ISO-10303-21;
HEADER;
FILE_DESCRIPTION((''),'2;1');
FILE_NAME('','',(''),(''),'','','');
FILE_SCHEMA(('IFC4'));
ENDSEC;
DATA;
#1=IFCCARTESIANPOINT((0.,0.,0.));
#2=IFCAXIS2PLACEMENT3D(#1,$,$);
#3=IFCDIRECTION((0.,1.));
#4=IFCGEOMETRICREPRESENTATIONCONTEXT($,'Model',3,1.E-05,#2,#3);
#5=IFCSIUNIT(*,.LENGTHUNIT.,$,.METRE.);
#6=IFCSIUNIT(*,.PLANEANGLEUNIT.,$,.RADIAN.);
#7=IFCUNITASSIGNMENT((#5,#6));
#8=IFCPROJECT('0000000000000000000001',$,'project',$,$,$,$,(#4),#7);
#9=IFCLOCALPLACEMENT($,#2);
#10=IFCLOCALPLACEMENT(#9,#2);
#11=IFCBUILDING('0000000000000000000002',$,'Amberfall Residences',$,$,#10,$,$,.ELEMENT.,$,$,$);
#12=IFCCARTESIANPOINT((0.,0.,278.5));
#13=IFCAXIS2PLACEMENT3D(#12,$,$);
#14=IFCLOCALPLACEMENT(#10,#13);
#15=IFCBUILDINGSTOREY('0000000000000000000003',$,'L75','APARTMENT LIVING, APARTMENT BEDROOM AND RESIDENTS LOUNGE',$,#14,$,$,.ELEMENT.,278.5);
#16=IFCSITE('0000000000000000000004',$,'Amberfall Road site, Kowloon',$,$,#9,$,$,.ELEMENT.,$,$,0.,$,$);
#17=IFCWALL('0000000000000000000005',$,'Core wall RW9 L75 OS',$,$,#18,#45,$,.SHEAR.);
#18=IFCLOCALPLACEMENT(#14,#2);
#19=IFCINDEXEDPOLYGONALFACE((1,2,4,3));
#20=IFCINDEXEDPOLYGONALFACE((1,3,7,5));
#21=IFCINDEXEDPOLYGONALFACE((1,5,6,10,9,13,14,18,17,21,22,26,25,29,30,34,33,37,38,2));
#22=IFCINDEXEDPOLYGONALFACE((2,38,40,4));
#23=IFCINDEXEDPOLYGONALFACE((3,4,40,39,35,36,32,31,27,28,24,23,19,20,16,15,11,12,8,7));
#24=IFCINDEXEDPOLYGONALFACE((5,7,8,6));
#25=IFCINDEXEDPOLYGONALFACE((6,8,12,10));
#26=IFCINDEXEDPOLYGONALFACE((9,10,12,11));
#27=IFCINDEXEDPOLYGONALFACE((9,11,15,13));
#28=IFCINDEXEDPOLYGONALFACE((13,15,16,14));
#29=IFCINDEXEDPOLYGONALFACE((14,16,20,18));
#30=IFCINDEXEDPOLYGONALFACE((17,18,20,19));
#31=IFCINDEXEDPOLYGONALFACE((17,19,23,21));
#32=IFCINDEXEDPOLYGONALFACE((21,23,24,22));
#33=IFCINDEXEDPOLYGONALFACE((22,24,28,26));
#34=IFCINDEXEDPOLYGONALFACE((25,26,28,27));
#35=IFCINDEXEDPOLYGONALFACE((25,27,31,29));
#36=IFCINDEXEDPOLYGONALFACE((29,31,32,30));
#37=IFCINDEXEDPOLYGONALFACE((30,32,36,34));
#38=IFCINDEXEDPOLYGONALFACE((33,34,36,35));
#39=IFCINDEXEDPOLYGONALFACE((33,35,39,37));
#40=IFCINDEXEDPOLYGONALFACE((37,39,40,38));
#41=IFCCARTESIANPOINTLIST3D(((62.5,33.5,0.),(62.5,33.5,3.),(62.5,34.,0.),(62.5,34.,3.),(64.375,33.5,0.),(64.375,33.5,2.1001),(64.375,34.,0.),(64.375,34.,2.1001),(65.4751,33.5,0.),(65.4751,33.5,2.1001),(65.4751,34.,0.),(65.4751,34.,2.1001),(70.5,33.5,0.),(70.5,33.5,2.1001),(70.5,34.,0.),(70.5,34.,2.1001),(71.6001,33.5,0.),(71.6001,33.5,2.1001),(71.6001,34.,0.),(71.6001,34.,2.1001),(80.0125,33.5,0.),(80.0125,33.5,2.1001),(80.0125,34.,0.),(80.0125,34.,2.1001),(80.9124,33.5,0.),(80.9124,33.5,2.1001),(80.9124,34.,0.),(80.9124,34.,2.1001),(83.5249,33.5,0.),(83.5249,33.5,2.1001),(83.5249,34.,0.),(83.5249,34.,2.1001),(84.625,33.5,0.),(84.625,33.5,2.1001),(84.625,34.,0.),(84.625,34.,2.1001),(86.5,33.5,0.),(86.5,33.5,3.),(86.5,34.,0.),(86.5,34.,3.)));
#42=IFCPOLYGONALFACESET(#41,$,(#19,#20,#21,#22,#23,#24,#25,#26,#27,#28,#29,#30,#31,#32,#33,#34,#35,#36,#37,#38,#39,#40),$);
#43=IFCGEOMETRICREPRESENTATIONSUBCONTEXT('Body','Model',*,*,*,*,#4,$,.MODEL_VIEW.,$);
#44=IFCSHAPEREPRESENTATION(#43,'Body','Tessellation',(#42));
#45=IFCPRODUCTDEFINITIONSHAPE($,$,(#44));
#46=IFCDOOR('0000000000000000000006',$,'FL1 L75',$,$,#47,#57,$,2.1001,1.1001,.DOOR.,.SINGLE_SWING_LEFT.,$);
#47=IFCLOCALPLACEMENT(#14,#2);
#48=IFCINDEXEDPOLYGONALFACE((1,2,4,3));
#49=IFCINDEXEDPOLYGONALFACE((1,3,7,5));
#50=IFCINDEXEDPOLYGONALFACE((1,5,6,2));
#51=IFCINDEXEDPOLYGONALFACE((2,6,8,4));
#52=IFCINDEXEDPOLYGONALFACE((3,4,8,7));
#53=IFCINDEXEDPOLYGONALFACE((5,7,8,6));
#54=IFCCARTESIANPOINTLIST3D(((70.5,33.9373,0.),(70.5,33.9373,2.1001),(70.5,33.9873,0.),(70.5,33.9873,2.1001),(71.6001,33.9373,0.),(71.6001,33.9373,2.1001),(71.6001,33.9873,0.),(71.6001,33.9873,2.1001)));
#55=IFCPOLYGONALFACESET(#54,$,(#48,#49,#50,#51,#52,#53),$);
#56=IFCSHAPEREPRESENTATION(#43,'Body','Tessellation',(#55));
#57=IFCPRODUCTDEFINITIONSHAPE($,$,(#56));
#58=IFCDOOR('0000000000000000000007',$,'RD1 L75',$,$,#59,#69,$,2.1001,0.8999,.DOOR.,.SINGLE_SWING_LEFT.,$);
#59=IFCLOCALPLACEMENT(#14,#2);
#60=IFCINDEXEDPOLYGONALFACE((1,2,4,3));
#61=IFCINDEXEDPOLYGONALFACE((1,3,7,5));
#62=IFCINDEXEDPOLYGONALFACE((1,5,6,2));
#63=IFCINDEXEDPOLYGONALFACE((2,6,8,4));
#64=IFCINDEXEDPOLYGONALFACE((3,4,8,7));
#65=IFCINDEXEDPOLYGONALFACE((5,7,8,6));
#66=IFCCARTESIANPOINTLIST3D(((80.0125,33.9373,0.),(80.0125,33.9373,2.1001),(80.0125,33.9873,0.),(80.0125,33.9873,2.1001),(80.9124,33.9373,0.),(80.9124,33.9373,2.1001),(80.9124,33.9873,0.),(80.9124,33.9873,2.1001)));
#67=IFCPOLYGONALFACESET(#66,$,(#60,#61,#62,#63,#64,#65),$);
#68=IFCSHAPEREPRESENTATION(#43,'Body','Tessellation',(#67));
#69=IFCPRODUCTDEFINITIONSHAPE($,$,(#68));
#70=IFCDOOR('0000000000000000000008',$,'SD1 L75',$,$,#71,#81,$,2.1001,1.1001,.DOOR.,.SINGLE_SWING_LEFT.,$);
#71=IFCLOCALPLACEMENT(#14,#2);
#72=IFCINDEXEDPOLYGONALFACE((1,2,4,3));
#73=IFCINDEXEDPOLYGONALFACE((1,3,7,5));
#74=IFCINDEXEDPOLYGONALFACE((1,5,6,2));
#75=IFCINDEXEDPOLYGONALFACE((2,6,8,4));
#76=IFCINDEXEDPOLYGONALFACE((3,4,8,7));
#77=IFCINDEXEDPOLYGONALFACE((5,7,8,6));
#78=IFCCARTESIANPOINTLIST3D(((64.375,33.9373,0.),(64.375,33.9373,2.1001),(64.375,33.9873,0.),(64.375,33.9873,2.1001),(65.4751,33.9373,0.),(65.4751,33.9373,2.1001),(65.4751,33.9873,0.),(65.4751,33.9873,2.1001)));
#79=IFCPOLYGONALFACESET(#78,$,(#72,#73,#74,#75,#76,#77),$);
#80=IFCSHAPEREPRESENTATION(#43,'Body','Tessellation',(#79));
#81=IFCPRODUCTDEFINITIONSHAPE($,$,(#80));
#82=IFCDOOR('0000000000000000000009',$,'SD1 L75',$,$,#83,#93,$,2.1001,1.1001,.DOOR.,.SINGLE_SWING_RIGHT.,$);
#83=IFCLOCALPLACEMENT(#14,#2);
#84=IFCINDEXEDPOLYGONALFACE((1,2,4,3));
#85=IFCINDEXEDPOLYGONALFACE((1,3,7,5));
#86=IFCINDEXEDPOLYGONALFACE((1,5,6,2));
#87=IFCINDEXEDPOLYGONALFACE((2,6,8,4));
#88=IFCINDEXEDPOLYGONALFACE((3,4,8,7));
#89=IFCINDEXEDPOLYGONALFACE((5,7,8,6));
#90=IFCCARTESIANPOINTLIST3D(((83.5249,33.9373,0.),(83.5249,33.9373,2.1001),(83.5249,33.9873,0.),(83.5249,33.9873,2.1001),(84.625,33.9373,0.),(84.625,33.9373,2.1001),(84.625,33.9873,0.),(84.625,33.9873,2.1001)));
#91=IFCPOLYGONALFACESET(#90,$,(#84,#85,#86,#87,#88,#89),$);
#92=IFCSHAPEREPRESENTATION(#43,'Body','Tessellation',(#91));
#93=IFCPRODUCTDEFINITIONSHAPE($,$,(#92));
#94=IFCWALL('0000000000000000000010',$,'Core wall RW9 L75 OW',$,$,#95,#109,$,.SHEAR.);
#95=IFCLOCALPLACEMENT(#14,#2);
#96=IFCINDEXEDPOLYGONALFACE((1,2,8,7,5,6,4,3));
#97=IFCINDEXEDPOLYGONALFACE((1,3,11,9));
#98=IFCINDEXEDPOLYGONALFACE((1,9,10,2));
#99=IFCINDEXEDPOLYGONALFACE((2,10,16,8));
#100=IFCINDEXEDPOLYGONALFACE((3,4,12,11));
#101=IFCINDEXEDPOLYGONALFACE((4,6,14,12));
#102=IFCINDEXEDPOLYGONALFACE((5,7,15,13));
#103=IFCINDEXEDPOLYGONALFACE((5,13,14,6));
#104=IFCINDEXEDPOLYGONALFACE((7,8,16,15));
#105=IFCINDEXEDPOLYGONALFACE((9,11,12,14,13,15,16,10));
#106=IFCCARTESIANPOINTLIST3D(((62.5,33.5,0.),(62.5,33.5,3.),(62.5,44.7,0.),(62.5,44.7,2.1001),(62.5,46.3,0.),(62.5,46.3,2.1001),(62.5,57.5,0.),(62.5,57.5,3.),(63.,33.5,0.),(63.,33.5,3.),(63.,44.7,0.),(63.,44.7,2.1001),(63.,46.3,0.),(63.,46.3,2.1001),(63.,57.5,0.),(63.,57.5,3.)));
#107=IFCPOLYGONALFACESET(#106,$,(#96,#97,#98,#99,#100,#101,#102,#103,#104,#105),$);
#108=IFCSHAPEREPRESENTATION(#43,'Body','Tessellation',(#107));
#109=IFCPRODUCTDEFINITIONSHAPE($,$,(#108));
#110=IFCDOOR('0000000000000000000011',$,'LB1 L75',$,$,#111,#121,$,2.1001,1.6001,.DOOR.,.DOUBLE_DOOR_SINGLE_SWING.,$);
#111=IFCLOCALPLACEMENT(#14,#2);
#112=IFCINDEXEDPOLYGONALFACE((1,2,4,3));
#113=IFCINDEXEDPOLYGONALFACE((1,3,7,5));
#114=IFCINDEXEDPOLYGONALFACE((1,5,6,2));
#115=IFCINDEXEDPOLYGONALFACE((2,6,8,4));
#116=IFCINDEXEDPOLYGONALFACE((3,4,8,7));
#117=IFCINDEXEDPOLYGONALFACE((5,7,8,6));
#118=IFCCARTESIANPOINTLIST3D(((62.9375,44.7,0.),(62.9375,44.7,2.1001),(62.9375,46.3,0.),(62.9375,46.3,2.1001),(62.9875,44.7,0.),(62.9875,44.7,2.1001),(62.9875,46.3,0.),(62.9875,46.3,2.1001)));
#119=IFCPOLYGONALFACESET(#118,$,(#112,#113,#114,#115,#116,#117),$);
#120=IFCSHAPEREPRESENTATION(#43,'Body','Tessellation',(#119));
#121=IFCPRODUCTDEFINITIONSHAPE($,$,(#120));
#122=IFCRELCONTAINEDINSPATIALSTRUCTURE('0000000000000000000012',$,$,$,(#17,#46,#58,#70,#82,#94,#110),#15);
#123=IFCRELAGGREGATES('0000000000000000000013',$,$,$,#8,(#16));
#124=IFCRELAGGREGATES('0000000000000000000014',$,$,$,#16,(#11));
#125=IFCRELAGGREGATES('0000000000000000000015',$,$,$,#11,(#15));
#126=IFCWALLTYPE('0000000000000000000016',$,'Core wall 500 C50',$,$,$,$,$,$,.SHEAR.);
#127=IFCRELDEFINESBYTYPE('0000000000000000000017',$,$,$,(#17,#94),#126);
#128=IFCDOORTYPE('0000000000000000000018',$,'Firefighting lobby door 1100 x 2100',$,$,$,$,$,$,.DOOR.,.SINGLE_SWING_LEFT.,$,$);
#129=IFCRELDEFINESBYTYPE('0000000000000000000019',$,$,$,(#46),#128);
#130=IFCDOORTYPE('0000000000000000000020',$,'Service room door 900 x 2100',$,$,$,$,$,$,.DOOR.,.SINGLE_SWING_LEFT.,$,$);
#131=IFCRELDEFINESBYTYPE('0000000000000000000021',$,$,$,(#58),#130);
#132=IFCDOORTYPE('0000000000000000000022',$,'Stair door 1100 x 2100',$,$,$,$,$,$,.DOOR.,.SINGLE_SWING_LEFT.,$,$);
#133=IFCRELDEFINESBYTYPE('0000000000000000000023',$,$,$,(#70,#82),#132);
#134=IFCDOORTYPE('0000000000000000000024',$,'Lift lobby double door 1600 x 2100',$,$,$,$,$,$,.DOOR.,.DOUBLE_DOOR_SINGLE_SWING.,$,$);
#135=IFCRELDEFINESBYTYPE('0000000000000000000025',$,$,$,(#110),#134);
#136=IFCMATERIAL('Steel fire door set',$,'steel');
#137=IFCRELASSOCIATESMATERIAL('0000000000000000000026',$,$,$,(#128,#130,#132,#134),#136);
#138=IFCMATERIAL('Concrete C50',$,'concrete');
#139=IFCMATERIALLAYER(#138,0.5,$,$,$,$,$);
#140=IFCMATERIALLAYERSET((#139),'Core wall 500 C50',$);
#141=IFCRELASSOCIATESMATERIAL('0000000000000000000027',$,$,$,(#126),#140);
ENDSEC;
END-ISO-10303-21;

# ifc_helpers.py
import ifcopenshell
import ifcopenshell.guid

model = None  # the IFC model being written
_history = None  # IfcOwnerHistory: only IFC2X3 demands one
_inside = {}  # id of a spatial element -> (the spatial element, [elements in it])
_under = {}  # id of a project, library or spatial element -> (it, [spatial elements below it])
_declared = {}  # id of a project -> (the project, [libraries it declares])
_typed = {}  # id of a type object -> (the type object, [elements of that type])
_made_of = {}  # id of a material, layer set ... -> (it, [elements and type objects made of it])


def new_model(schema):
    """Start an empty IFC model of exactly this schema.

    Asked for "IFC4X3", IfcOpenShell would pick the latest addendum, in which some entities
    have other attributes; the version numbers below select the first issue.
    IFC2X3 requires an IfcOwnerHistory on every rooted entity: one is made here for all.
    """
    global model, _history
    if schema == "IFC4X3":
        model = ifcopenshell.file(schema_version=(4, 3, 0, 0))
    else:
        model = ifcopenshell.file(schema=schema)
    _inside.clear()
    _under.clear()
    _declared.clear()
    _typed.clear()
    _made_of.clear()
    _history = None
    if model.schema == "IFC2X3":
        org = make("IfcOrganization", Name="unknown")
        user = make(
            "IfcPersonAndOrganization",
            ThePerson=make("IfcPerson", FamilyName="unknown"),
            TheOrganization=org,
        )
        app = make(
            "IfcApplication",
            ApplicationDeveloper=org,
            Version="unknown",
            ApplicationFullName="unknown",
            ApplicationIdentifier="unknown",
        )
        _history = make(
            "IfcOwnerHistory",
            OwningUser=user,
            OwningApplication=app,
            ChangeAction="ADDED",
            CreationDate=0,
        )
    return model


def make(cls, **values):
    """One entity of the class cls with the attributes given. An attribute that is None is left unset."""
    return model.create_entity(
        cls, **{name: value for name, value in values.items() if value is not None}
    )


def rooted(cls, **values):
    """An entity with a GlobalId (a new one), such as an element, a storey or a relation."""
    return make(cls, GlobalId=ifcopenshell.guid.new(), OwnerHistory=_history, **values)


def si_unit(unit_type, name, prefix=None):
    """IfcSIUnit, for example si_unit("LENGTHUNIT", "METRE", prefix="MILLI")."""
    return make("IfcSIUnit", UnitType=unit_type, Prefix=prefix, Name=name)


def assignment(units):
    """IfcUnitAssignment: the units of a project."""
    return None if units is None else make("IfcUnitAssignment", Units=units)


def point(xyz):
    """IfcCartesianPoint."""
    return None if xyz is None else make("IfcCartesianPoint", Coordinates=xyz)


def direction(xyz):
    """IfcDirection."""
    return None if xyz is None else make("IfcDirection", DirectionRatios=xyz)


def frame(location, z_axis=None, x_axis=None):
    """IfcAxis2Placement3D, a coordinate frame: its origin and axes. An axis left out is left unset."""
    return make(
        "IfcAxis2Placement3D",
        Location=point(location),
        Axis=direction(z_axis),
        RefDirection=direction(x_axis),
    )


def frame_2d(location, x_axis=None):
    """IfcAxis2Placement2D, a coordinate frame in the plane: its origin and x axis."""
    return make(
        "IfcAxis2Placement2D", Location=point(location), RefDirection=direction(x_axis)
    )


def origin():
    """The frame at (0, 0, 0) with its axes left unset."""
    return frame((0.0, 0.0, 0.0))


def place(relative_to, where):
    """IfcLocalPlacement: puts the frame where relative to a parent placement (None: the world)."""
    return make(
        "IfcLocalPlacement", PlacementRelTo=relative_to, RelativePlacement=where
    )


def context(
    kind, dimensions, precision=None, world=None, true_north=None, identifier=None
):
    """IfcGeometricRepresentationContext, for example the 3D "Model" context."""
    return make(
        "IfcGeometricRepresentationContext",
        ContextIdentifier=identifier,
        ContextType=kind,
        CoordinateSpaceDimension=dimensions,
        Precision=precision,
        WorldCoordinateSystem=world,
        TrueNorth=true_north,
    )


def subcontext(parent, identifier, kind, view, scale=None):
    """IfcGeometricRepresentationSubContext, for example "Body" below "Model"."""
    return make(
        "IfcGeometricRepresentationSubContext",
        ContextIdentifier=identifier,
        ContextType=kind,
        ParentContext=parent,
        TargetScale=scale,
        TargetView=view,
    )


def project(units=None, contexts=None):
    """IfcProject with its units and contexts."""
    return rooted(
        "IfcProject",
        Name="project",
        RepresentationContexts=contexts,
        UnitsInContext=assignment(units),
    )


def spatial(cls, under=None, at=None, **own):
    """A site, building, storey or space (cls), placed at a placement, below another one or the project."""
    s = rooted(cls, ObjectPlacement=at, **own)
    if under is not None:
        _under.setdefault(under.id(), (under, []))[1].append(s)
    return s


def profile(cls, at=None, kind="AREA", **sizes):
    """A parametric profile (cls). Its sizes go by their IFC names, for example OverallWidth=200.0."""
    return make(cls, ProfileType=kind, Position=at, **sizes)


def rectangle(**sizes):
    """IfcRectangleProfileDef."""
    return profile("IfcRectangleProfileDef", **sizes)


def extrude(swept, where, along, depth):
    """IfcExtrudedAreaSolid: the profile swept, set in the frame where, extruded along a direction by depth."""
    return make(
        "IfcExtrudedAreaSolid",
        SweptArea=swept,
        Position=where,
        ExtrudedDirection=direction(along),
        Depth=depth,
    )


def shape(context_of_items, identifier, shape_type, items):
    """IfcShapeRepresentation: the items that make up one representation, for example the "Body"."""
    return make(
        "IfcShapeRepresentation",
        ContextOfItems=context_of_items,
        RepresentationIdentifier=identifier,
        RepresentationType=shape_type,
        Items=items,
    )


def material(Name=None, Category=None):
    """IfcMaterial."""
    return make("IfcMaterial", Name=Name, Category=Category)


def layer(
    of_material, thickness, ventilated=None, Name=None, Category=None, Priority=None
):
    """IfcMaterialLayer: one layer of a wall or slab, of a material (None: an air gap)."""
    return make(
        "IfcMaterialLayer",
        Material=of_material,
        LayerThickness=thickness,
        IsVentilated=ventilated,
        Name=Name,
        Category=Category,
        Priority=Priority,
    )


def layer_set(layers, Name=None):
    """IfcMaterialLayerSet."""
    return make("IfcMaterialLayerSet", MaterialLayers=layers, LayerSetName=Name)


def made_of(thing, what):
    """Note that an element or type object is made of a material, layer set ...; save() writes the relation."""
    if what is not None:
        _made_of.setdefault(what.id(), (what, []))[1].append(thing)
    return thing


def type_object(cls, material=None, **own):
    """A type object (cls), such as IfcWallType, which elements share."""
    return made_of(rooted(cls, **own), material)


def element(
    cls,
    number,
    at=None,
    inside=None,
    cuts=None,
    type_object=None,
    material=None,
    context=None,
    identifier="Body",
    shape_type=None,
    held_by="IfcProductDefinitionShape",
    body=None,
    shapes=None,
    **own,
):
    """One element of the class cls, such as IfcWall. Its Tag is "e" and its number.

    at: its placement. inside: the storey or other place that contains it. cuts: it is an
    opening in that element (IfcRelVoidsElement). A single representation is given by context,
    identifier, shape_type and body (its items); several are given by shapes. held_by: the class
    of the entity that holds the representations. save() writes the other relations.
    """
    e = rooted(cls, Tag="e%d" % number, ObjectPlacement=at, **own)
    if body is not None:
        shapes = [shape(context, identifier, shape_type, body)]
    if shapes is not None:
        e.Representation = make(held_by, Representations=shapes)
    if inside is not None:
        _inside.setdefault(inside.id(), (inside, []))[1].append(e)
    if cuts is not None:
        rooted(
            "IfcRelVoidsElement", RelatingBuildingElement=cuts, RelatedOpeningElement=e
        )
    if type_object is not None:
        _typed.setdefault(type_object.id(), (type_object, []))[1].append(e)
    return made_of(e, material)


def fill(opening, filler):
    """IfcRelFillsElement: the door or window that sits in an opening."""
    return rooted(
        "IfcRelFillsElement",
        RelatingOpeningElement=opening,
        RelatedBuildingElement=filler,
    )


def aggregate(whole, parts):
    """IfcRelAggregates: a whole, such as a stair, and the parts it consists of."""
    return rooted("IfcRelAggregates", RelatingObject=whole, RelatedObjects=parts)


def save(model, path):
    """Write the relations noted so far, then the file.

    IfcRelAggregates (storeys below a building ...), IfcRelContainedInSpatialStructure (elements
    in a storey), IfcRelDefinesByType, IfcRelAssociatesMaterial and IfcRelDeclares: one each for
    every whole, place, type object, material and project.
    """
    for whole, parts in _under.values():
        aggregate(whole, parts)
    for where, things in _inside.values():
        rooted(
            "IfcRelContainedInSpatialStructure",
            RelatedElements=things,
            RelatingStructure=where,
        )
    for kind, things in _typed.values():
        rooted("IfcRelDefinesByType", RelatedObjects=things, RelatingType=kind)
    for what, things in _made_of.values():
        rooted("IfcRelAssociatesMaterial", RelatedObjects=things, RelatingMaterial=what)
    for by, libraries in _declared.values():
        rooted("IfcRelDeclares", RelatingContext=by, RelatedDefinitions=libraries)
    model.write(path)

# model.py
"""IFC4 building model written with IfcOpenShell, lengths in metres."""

from ifc_helpers import new_model, si_unit, direction, frame, frame_2d, origin, place, context, subcontext, project, spatial, rectangle, extrude, material, layer, layer_set, type_object, element, fill, save


model = new_model("IFC4")

# Units and contexts
model_context = context("Model", 3, precision=1e-05, world=origin(), true_north=direction((0.0, 1.0)))
body_context = subcontext(model_context, "Body", "Model", "MODEL_VIEW")
ifc_project = project(units=[si_unit("LENGTHUNIT", "METRE"), si_unit("PLANEANGLEUNIT", "RADIAN")], contexts=[model_context])

# Site, building, storey
site_placement = place(None, origin())
site = spatial("IfcSite", under=ifc_project, at=site_placement, Name="Amberfall Road site, Kowloon", CompositionType="ELEMENT", RefElevation=0.0)
building_placement = place(site_placement, origin())
building = spatial("IfcBuilding", under=site, at=building_placement, Name="Amberfall Residences", CompositionType="ELEMENT")
storey_placement = place(building_placement, frame((0.0, 0.0, 278.5)))
storey = spatial("IfcBuildingStorey", under=building, at=storey_placement, Name="L75", Description="APARTMENT LIVING, APARTMENT BEDROOM AND RESIDENTS LOUNGE", CompositionType="ELEMENT", Elevation=278.5)

# Shared definitions
ifc_material_1 = material(Name="Concrete C50", Category="concrete")
ifc_material_2 = material(Name="Steel fire door set", Category="steel")
door_type_1 = type_object("IfcDoorType", Name="Firefighting lobby door 1100 x 2100", OperationType="SINGLE_SWING_LEFT", PredefinedType="DOOR", material=ifc_material_2)

# Wall, openings, doors
ifc_layer_1 = layer(ifc_material_1, 0.5)
ifc_layer_set_1 = layer_set([ifc_layer_1], Name="Core wall 500 C50")
wall_type_1 = type_object("IfcWallType", Name="Core wall 500 C50", PredefinedType="SHEAR", material=ifc_layer_set_1)
wall_1_placement = place(storey_placement, frame((62.5, 33.75, 0.0), z_axis=(0.0, 0.0, 1.0), x_axis=(1.0, 0.0, 0.0)))
wall_1 = element("IfcWall", 1, at=wall_1_placement, inside=storey, type_object=wall_type_1, Name="Core wall RW9 L75 OS", PredefinedType="SHEAR", context=body_context, shape_type="SweptSolid", body=[
    extrude(rectangle(XDim=24.0, YDim=0.5, at=frame_2d((12.0, 0.0))), origin(), (0.0, 0.0, 1.0), 3.0),
])
opening_1_placement = place(wall_1_placement, frame((1.875, 0.0, 0.0)))
opening_1 = element("IfcOpeningElement", 2, at=opening_1_placement, cuts=wall_1, PredefinedType="OPENING", context=body_context, shape_type="SweptSolid", body=[
    extrude(rectangle(XDim=1.1001, YDim=2.1001, at=frame_2d((0.55, 1.05))), frame((0.0, 0.26, 0.0), z_axis=(0.0, -1.0, 0.0), x_axis=(1.0, 0.0, 0.0)), (0.0, 0.0, 1.0), 0.52),
])
opening_2_placement = place(wall_1_placement, frame((21.0249, 0.0, 0.0)))
opening_2 = element("IfcOpeningElement", 3, at=opening_2_placement, cuts=wall_1, PredefinedType="OPENING", context=body_context, shape_type="SweptSolid", body=[
    extrude(rectangle(XDim=1.1001, YDim=2.1001, at=frame_2d((0.55, 1.05))), frame((0.0, 0.26, 0.0), z_axis=(0.0, -1.0, 0.0), x_axis=(1.0, 0.0, 0.0)), (0.0, 0.0, 1.0), 0.52),
])
opening_3_placement = place(wall_1_placement, frame((8.0, 0.0, 0.0)))
opening_3 = element("IfcOpeningElement", 4, at=opening_3_placement, cuts=wall_1, PredefinedType="OPENING", context=body_context, shape_type="SweptSolid", body=[
    extrude(rectangle(XDim=1.1001, YDim=2.1001, at=frame_2d((0.55, 1.05))), frame((0.0, 0.26, 0.0), z_axis=(0.0, -1.0, 0.0), x_axis=(1.0, 0.0, 0.0)), (0.0, 0.0, 1.0), 0.52),
])
opening_4_placement = place(wall_1_placement, frame((17.5125, 0.0, 0.0)))
opening_4 = element("IfcOpeningElement", 5, at=opening_4_placement, cuts=wall_1, PredefinedType="OPENING", context=body_context, shape_type="SweptSolid", body=[
    extrude(rectangle(XDim=0.8999, YDim=2.1001, at=frame_2d((0.45, 1.05))), frame((0.0, 0.26, 0.0), z_axis=(0.0, -1.0, 0.0), x_axis=(1.0, 0.0, 0.0)), (0.0, 0.0, 1.0), 0.52),
])
door_1_placement = place(opening_3_placement, origin())
door_1 = element("IfcDoor", 6, at=door_1_placement, inside=storey, type_object=door_type_1, Name="FL1 L75", OperationType="SINGLE_SWING_LEFT", OverallHeight=2.1001, OverallWidth=1.1001, PredefinedType="DOOR", context=body_context, shape_type="SweptSolid", body=[
    extrude(rectangle(XDim=1.1001, YDim=2.1001, at=frame_2d((0.55, 1.05))), frame((0.0, 0.2373, 0.0), z_axis=(0.0, -1.0, 0.0), x_axis=(1.0, 0.0, 0.0)), (0.0, 0.0, 1.0), 0.05),
])
fill(opening_3, door_1)
door_type_2 = type_object("IfcDoorType", Name="Service room door 900 x 2100", OperationType="SINGLE_SWING_LEFT", PredefinedType="DOOR", material=ifc_material_2)
door_2_placement = place(opening_4_placement, origin())
door_2 = element("IfcDoor", 7, at=door_2_placement, inside=storey, type_object=door_type_2, Name="RD1 L75", OperationType="SINGLE_SWING_LEFT", OverallHeight=2.1001, OverallWidth=0.8999, PredefinedType="DOOR", context=body_context, shape_type="SweptSolid", body=[
    extrude(rectangle(XDim=0.8999, YDim=2.1001, at=frame_2d((0.45, 1.05))), frame((0.0, 0.2373, 0.0), z_axis=(0.0, -1.0, 0.0), x_axis=(1.0, 0.0, 0.0)), (0.0, 0.0, 1.0), 0.05),
])
fill(opening_4, door_2)
door_type_3 = type_object("IfcDoorType", Name="Stair door 1100 x 2100", OperationType="SINGLE_SWING_LEFT", PredefinedType="DOOR", material=ifc_material_2)
door_3_placement = place(opening_1_placement, origin())
door_3 = element("IfcDoor", 8, at=door_3_placement, inside=storey, type_object=door_type_3, Name="SD1 L75", OperationType="SINGLE_SWING_LEFT", OverallHeight=2.1001, OverallWidth=1.1001, PredefinedType="DOOR", context=body_context, shape_type="SweptSolid", body=[
    extrude(rectangle(XDim=1.1001, YDim=2.1001, at=frame_2d((0.55, 1.05))), frame((0.0, 0.2373, 0.0), z_axis=(0.0, -1.0, 0.0), x_axis=(1.0, 0.0, 0.0)), (0.0, 0.0, 1.0), 0.05),
])
fill(opening_1, door_3)
door_4_placement = place(opening_2_placement, origin())
door_4 = element("IfcDoor", 9, at=door_4_placement, inside=storey, type_object=door_type_3, Name="SD1 L75", OperationType="SINGLE_SWING_RIGHT", OverallHeight=2.1001, OverallWidth=1.1001, PredefinedType="DOOR", context=body_context, shape_type="SweptSolid", body=[
    extrude(rectangle(XDim=1.1001, YDim=2.1001, at=frame_2d((0.55, 1.05))), frame((0.0, 0.2373, 0.0), z_axis=(0.0, -1.0, 0.0), x_axis=(1.0, 0.0, 0.0)), (0.0, 0.0, 1.0), 0.05),
])
fill(opening_2, door_4)

# Wall, opening, door
wall_2_placement = place(storey_placement, frame((62.75, 33.5, 0.0), z_axis=(0.0, 0.0, 1.0), x_axis=(0.0, 1.0, 0.0)))
wall_2 = element("IfcWall", 10, at=wall_2_placement, inside=storey, type_object=wall_type_1, Name="Core wall RW9 L75 OW", PredefinedType="SHEAR", context=body_context, shape_type="SweptSolid", body=[
    extrude(rectangle(XDim=24.0, YDim=0.5, at=frame_2d((12.0, 0.0))), origin(), (0.0, 0.0, 1.0), 3.0),
])
opening_5_placement = place(wall_2_placement, frame((11.2, 0.0, 0.0)))
opening_5 = element("IfcOpeningElement", 11, at=opening_5_placement, cuts=wall_2, PredefinedType="OPENING", context=body_context, shape_type="SweptSolid", body=[
    extrude(rectangle(XDim=1.6001, YDim=2.1001, at=frame_2d((0.8, 1.05))), frame((0.0, 0.26, 0.0), z_axis=(0.0, -1.0, 0.0), x_axis=(1.0, 0.0, 0.0)), (0.0, 0.0, 1.0), 0.52),
])
door_type_4 = type_object("IfcDoorType", Name="Lift lobby double door 1600 x 2100", OperationType="DOUBLE_DOOR_SINGLE_SWING", PredefinedType="DOOR", material=ifc_material_2)
door_5_placement = place(opening_5_placement, origin())
door_5 = element("IfcDoor", 12, at=door_5_placement, inside=storey, type_object=door_type_4, Name="LB1 L75", OperationType="DOUBLE_DOOR_SINGLE_SWING", OverallHeight=2.1001, OverallWidth=1.6001, PredefinedType="DOOR", context=body_context, shape_type="SweptSolid", body=[
    extrude(rectangle(XDim=1.6001, YDim=2.1001, at=frame_2d((0.8, 1.05))), frame((0.0, -0.1875, 0.0), z_axis=(0.0, -1.0, 0.0), x_axis=(1.0, 0.0, 0.0)), (0.0, 0.0, 1.0), 0.05),
])
fill(opening_5, door_5)

save(model, "model.ifc")
